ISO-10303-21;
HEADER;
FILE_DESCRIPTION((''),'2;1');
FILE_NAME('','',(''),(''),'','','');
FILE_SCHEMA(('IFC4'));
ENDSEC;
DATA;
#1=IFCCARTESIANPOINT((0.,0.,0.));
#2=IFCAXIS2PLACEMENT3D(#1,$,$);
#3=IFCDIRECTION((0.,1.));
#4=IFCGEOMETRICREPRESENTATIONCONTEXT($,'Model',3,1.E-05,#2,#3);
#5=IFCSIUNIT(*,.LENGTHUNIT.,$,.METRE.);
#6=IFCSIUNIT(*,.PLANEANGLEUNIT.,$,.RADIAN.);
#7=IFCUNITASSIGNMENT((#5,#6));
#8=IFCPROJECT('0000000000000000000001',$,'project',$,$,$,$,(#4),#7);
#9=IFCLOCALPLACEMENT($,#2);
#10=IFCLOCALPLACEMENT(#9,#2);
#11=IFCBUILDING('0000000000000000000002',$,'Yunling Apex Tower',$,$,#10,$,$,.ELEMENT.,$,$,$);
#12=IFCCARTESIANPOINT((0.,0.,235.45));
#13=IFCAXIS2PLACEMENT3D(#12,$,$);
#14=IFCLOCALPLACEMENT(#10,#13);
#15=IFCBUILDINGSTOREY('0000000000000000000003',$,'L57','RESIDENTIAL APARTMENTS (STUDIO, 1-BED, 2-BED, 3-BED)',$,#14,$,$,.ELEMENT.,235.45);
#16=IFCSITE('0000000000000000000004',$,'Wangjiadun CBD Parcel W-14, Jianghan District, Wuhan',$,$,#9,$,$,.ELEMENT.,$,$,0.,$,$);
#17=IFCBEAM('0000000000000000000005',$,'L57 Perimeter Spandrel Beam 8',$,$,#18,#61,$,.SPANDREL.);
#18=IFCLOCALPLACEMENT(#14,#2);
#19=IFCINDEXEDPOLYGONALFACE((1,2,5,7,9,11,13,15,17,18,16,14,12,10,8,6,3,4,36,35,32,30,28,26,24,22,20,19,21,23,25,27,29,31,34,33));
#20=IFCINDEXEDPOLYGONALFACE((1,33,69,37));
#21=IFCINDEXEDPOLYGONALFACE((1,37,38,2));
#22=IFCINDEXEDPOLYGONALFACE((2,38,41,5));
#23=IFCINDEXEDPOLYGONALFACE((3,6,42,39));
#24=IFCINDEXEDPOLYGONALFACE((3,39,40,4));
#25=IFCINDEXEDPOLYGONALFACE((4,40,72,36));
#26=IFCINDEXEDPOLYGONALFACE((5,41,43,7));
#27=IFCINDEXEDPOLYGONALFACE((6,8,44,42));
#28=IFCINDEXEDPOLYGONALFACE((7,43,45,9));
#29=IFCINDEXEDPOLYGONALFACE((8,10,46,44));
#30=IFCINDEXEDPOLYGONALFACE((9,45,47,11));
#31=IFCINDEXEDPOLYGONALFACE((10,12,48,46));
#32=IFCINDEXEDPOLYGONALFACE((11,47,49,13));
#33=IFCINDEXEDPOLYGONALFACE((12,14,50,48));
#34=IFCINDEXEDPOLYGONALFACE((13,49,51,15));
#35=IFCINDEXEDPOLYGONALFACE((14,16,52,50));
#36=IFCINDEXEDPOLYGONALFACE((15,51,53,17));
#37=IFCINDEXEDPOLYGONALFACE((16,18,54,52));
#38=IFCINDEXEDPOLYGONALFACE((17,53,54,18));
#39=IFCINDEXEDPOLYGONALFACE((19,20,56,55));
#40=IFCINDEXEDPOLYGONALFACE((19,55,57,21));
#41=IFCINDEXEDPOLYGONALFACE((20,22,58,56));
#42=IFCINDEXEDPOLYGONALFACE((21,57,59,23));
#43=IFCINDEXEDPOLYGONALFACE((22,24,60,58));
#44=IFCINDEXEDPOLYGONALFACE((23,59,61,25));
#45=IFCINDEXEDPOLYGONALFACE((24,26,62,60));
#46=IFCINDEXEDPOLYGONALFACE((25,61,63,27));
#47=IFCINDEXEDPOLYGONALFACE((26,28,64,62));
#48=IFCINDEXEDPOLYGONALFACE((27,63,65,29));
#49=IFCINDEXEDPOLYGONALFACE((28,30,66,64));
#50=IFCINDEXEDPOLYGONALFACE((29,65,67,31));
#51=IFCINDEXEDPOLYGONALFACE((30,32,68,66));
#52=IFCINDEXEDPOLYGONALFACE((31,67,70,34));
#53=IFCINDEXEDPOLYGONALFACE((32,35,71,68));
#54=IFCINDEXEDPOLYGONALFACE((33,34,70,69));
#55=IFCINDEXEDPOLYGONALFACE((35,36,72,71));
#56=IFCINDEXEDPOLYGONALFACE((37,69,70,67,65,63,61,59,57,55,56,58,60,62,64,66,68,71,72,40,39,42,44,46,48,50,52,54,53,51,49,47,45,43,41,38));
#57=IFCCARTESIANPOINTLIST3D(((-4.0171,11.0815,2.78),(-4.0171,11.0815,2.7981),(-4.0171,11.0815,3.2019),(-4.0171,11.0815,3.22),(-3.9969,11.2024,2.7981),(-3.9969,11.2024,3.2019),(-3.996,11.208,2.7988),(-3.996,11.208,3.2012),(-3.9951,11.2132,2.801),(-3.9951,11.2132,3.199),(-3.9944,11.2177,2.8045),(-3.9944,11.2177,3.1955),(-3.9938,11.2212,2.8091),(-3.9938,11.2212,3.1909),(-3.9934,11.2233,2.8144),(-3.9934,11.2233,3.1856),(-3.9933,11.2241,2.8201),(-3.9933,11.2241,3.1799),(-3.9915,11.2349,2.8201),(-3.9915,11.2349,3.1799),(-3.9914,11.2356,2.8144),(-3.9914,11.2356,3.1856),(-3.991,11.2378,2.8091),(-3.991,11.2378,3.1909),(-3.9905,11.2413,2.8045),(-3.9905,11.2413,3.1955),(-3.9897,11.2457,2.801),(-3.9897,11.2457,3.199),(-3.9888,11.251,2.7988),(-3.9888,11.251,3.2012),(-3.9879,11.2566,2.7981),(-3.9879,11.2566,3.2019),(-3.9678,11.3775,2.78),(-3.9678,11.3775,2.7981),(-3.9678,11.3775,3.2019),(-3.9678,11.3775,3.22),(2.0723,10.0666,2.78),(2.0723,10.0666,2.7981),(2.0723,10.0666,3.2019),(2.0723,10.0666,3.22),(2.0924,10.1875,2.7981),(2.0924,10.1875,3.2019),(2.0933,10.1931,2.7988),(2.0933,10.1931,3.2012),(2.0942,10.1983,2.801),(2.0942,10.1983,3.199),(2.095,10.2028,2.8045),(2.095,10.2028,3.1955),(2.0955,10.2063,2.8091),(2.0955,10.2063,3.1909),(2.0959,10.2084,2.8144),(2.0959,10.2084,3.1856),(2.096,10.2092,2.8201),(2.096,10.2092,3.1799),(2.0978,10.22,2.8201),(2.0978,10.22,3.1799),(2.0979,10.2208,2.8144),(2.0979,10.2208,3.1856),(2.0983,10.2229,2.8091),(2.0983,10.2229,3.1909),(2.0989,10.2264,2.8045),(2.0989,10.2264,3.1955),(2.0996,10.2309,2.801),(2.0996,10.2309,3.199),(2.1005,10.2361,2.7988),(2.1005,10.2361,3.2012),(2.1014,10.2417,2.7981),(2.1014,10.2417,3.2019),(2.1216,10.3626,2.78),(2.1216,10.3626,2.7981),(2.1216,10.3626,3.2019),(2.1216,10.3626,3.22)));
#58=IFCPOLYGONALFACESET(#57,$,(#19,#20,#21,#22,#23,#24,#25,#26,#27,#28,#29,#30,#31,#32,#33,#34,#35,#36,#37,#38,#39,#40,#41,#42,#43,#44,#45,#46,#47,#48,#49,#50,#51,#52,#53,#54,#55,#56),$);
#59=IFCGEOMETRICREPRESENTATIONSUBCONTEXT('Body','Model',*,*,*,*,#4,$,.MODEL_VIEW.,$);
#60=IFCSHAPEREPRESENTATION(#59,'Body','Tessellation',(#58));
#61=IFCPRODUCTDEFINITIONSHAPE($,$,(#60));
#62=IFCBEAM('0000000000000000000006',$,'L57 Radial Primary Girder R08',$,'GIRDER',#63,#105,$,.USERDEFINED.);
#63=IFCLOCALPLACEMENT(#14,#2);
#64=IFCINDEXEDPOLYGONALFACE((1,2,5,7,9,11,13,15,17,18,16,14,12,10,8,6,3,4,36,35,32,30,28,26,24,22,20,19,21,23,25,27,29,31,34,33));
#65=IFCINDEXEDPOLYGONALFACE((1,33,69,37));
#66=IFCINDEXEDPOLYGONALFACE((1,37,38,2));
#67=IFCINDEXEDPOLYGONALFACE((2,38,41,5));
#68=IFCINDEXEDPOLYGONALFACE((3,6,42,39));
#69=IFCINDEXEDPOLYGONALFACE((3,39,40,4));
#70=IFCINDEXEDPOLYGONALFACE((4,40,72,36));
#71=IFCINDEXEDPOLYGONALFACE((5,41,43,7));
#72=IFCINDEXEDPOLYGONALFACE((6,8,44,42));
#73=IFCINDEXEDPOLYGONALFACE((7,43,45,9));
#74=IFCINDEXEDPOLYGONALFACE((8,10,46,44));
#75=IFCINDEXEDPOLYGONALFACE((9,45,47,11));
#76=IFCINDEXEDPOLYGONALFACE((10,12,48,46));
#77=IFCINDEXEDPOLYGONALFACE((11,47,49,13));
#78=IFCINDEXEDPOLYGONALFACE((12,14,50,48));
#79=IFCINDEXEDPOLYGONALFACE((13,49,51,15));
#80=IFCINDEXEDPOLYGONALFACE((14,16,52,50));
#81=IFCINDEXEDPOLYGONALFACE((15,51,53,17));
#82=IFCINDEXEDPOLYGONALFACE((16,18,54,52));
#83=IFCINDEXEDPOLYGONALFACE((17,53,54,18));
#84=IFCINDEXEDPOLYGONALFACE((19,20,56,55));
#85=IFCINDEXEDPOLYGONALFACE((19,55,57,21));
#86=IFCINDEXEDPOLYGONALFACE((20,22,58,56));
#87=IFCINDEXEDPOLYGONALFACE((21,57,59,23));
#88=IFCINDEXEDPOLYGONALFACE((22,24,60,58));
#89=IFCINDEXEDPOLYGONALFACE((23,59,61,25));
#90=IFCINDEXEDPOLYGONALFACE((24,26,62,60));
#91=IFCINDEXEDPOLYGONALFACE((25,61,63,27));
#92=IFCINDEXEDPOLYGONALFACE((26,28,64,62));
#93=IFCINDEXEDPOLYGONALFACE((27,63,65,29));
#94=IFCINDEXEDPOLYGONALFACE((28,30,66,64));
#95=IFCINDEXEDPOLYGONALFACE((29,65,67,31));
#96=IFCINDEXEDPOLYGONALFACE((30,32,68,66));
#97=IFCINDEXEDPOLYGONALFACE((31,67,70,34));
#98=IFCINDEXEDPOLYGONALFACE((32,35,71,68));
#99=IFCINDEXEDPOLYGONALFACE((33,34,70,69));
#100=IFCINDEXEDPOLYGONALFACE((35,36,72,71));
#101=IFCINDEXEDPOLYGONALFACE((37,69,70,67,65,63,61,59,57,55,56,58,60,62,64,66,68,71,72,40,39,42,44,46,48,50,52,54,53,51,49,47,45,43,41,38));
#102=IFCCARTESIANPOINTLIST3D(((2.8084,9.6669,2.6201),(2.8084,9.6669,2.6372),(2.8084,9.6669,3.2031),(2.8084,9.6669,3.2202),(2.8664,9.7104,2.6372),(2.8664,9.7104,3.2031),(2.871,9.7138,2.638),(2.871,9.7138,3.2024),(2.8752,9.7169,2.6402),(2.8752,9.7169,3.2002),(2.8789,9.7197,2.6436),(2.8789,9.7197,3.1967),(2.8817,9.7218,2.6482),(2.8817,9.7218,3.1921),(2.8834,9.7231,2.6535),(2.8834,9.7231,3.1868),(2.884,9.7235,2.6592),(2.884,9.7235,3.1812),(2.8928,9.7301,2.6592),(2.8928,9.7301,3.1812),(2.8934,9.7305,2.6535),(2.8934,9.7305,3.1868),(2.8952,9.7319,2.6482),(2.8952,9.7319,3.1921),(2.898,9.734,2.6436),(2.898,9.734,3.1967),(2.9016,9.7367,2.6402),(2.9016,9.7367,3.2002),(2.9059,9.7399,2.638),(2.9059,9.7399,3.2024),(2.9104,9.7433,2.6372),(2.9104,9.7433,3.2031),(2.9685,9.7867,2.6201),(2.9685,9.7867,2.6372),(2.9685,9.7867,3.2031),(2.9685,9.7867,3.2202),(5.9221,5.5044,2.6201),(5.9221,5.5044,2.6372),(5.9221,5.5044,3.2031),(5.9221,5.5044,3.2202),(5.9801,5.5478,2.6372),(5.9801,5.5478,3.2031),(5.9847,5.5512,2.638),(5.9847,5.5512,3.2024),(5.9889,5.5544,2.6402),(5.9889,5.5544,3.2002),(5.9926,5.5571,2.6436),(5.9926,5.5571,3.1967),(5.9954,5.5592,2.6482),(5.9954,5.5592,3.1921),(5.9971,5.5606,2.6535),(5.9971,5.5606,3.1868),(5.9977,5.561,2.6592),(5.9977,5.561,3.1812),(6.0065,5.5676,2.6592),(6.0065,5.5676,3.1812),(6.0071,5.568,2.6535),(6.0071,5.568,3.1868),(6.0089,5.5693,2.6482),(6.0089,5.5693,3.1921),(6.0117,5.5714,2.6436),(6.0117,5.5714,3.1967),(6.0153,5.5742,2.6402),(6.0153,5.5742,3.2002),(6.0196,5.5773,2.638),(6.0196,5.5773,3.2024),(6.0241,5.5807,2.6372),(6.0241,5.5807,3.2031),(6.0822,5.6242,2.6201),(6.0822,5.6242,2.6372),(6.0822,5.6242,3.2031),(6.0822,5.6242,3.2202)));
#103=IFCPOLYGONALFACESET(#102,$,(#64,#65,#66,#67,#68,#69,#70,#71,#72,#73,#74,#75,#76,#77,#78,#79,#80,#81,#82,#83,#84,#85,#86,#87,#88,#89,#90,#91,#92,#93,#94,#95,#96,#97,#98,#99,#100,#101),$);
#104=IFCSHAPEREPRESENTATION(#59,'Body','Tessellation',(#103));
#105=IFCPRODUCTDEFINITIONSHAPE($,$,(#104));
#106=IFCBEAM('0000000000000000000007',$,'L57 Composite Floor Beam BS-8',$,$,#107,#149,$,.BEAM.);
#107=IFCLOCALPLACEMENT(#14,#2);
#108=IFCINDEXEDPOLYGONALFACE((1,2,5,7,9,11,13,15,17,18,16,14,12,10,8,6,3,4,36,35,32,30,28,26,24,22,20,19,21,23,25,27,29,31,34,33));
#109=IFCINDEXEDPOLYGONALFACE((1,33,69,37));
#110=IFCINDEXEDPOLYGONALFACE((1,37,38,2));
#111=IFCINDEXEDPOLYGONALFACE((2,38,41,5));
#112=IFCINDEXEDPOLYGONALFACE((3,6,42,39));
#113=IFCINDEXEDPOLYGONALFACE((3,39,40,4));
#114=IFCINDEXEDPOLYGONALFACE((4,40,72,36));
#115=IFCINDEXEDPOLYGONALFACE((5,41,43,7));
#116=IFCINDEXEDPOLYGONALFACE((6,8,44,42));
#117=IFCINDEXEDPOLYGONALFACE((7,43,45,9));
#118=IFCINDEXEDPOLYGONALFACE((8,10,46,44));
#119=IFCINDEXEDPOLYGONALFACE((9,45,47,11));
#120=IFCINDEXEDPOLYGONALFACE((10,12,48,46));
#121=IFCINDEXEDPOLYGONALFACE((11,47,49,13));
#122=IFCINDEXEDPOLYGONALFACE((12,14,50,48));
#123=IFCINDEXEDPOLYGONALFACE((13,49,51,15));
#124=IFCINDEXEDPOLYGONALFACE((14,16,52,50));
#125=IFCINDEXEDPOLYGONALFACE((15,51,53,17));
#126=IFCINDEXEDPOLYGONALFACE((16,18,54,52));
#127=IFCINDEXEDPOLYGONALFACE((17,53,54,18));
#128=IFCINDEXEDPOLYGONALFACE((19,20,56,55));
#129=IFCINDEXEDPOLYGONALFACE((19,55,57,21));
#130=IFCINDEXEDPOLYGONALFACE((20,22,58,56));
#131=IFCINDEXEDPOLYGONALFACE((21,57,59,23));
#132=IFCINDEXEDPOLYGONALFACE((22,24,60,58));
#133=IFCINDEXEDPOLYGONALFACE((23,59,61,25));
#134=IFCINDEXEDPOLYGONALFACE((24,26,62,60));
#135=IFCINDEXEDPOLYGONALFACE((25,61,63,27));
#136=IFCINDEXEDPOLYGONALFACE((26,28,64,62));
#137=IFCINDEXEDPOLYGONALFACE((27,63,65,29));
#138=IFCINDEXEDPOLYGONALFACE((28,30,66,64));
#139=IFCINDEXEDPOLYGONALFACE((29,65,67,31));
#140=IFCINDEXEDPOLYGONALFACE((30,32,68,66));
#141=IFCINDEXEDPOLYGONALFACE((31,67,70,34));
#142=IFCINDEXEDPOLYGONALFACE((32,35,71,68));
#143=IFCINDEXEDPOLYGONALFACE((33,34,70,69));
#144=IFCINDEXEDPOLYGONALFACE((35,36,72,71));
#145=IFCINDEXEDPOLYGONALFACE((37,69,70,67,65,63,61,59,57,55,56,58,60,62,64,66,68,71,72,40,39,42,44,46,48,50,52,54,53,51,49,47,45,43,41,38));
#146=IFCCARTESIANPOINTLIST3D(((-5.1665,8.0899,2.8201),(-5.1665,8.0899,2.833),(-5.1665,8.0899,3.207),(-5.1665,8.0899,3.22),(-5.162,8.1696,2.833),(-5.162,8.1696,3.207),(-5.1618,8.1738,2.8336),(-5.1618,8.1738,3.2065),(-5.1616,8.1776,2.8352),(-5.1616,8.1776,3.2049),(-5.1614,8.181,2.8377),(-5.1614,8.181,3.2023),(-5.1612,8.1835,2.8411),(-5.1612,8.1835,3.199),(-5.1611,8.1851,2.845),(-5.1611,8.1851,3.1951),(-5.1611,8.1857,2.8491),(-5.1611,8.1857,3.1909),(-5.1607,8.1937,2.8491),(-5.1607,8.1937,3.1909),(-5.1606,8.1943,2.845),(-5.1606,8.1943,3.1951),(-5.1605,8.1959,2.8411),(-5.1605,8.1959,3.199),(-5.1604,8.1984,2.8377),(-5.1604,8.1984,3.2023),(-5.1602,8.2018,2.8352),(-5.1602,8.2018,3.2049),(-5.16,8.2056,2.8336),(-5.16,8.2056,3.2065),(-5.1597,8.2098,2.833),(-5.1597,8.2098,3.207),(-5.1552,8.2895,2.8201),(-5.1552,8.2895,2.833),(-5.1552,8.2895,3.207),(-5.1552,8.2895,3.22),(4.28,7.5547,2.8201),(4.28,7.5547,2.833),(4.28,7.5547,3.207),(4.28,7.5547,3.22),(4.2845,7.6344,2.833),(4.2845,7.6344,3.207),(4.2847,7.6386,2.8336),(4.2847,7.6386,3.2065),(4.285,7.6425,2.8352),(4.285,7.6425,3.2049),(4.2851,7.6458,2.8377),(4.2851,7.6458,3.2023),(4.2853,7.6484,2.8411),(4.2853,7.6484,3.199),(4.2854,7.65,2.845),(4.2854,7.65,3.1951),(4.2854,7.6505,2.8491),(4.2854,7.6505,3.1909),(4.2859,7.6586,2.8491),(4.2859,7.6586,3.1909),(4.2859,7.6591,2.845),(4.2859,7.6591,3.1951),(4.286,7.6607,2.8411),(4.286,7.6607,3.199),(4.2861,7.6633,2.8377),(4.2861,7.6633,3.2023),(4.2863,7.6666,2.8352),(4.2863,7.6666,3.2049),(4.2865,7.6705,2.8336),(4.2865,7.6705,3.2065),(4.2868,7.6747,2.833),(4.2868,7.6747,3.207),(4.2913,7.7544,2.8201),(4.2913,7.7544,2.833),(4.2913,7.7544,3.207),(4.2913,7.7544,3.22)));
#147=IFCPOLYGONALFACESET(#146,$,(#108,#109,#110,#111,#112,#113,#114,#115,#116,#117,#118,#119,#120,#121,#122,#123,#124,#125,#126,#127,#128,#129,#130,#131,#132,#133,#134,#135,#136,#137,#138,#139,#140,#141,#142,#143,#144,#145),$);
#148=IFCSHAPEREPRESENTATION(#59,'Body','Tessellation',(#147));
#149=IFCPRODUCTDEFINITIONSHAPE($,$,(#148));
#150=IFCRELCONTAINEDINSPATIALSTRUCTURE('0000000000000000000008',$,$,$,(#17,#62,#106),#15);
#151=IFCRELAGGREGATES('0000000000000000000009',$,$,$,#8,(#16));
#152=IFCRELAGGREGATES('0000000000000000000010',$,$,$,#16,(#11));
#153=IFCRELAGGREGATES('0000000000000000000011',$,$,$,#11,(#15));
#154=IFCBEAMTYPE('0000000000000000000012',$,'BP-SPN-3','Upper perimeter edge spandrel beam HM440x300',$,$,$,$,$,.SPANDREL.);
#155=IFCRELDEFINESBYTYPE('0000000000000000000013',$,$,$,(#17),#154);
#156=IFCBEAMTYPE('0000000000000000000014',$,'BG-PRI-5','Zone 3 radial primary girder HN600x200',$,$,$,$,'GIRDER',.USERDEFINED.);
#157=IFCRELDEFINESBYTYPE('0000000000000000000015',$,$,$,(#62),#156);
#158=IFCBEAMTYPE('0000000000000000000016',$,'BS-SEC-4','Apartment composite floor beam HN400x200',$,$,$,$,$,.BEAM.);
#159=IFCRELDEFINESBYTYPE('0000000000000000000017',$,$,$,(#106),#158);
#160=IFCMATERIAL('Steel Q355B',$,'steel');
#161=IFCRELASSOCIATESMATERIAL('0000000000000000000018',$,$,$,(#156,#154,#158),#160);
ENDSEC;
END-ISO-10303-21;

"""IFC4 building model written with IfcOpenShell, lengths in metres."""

from ifc_helpers import new_model, si_unit, direction, frame, origin, origin_2d, place, context, subcontext, project, spatial, i_section, extrude, source, transform, mapped, material, material_profile, profile_set, type_object, element, save


model = new_model("IFC4")

# Units and contexts
model_context = context("Model", 3, precision=1e-05, world=origin(), true_north=direction((0.0, 1.0)))
body_context = subcontext(model_context, "Body", "Model", "MODEL_VIEW")
ifc_project = project(units=[si_unit("LENGTHUNIT", "METRE"), si_unit("PLANEANGLEUNIT", "RADIAN")], contexts=[model_context])

# Site, building, storey
site_placement = place(None, origin())
site = spatial("IfcSite", under=ifc_project, at=site_placement, Name="Wangjiadun CBD Parcel W-14, Jianghan District, Wuhan", CompositionType="ELEMENT", RefElevation=0.0)
building_placement = place(site_placement, origin())
building = spatial("IfcBuilding", under=site, at=building_placement, Name="Yunling Apex Tower", CompositionType="ELEMENT")
storey_placement = place(building_placement, frame((0.0, 0.0, 235.45)))
storey = spatial("IfcBuildingStorey", under=building, at=storey_placement, Name="L57", Description="RESIDENTIAL APARTMENTS (STUDIO, 1-BED, 2-BED, 3-BED)", CompositionType="ELEMENT", Elevation=235.45)

# Beams
ifc_material_1 = material(Name="Steel Q355B", Category="steel")
ifc_material_profile_1 = material_profile(ifc_material_1, i_section(OverallWidth=0.2, OverallDepth=0.6001, WebThickness=0.011, FlangeThickness=0.0171, FilletRadius=0.022, at=origin_2d()))
ifc_profile_set_1 = profile_set([ifc_material_profile_1], Name="Steel Q355B")
beam_type_1 = type_object("IfcBeamType", Name="BG-PRI-5", Description="Zone 3 radial primary girder HN600x200", ElementType="GIRDER", PredefinedType="USERDEFINED", material=ifc_profile_set_1)
ifc_material_profile_2 = material_profile(ifc_material_1, i_section(OverallWidth=0.3, OverallDepth=0.4399, WebThickness=0.011, FlangeThickness=0.0181, FilletRadius=0.022, at=origin_2d()))
ifc_profile_set_2 = profile_set([ifc_material_profile_2], Name="Steel Q355B")
beam_type_2 = type_object("IfcBeamType", Name="BP-SPN-3", Description="Upper perimeter edge spandrel beam HM440x300", PredefinedType="SPANDREL", material=ifc_profile_set_2)
shared_shape_1 = source(origin(), body_context, "Body", "SweptSolid", [
    extrude(i_section(OverallWidth=0.3, OverallDepth=0.4399, WebThickness=0.011, FlangeThickness=0.0181, FilletRadius=0.022, at=origin_2d()), origin(), (0.0, 0.0, 1.0), 6.1733),
])
beam_1_placement = place(storey_placement, frame((2.0969, 10.2146, 3.0), z_axis=(-0.986394, 0.164399, 0.0), x_axis=(-0.164399, -0.986394, 0.0)))
element("IfcBeam", 1, at=beam_1_placement, inside=storey, type_object=beam_type_2, Name="L57 Perimeter Spandrel Beam 8", PredefinedType="SPANDREL", context=body_context, shape_type="MappedRepresentation", body=[
    mapped(shared_shape_1, transform((0.0, 0.0, 0.0), scale=1.0)),
])
shared_shape_2 = source(origin(), body_context, "Body", "SweptSolid", [
    extrude(i_section(OverallWidth=0.2, OverallDepth=0.6001, WebThickness=0.011, FlangeThickness=0.0171, FilletRadius=0.022, at=origin_2d()), origin(), (0.0, 0.0, 1.0), 5.1982),
])
beam_2_placement = place(storey_placement, frame((2.8884, 9.7268, 2.9202), z_axis=(0.598993, -0.800755, 0.0), x_axis=(0.800755, 0.598993, 0.0)))
element("IfcBeam", 2, at=beam_2_placement, inside=storey, type_object=beam_type_1, Name="L57 Radial Primary Girder R08", ObjectType="GIRDER", PredefinedType="USERDEFINED", context=body_context, shape_type="MappedRepresentation", body=[
    mapped(shared_shape_2, transform((0.0, 0.0, 0.0), scale=1.0)),
])
ifc_material_profile_3 = material_profile(ifc_material_1, i_section(OverallWidth=0.2, OverallDepth=0.3999, WebThickness=0.0081, FlangeThickness=0.0129, FilletRadius=0.0161, at=origin_2d()))
ifc_profile_set_3 = profile_set([ifc_material_profile_3], Name="Steel Q355B")
beam_type_3 = type_object("IfcBeamType", Name="BS-SEC-4", Description="Apartment composite floor beam HN400x200", PredefinedType="BEAM", material=ifc_profile_set_3)
shared_shape_3 = source(origin(), body_context, "Body", "SweptSolid", [
    extrude(i_section(OverallWidth=0.2, OverallDepth=0.3999, WebThickness=0.0081, FlangeThickness=0.0129, FilletRadius=0.0161, at=origin_2d()), origin(), (0.0, 0.0, 1.0), 9.4617),
])
beam_3_placement = place(storey_placement, frame((4.2856, 7.6545, 3.02), z_axis=(-0.998399, 0.05656, 0.0), x_axis=(-0.05656, -0.998399, 0.0)))
element("IfcBeam", 3, at=beam_3_placement, inside=storey, type_object=beam_type_3, Name="L57 Composite Floor Beam BS-8", PredefinedType="BEAM", context=body_context, shape_type="MappedRepresentation", body=[
    mapped(shared_shape_3, transform((0.0, 0.0, 0.0), scale=1.0)),
])

save(model, "model.ifc")
